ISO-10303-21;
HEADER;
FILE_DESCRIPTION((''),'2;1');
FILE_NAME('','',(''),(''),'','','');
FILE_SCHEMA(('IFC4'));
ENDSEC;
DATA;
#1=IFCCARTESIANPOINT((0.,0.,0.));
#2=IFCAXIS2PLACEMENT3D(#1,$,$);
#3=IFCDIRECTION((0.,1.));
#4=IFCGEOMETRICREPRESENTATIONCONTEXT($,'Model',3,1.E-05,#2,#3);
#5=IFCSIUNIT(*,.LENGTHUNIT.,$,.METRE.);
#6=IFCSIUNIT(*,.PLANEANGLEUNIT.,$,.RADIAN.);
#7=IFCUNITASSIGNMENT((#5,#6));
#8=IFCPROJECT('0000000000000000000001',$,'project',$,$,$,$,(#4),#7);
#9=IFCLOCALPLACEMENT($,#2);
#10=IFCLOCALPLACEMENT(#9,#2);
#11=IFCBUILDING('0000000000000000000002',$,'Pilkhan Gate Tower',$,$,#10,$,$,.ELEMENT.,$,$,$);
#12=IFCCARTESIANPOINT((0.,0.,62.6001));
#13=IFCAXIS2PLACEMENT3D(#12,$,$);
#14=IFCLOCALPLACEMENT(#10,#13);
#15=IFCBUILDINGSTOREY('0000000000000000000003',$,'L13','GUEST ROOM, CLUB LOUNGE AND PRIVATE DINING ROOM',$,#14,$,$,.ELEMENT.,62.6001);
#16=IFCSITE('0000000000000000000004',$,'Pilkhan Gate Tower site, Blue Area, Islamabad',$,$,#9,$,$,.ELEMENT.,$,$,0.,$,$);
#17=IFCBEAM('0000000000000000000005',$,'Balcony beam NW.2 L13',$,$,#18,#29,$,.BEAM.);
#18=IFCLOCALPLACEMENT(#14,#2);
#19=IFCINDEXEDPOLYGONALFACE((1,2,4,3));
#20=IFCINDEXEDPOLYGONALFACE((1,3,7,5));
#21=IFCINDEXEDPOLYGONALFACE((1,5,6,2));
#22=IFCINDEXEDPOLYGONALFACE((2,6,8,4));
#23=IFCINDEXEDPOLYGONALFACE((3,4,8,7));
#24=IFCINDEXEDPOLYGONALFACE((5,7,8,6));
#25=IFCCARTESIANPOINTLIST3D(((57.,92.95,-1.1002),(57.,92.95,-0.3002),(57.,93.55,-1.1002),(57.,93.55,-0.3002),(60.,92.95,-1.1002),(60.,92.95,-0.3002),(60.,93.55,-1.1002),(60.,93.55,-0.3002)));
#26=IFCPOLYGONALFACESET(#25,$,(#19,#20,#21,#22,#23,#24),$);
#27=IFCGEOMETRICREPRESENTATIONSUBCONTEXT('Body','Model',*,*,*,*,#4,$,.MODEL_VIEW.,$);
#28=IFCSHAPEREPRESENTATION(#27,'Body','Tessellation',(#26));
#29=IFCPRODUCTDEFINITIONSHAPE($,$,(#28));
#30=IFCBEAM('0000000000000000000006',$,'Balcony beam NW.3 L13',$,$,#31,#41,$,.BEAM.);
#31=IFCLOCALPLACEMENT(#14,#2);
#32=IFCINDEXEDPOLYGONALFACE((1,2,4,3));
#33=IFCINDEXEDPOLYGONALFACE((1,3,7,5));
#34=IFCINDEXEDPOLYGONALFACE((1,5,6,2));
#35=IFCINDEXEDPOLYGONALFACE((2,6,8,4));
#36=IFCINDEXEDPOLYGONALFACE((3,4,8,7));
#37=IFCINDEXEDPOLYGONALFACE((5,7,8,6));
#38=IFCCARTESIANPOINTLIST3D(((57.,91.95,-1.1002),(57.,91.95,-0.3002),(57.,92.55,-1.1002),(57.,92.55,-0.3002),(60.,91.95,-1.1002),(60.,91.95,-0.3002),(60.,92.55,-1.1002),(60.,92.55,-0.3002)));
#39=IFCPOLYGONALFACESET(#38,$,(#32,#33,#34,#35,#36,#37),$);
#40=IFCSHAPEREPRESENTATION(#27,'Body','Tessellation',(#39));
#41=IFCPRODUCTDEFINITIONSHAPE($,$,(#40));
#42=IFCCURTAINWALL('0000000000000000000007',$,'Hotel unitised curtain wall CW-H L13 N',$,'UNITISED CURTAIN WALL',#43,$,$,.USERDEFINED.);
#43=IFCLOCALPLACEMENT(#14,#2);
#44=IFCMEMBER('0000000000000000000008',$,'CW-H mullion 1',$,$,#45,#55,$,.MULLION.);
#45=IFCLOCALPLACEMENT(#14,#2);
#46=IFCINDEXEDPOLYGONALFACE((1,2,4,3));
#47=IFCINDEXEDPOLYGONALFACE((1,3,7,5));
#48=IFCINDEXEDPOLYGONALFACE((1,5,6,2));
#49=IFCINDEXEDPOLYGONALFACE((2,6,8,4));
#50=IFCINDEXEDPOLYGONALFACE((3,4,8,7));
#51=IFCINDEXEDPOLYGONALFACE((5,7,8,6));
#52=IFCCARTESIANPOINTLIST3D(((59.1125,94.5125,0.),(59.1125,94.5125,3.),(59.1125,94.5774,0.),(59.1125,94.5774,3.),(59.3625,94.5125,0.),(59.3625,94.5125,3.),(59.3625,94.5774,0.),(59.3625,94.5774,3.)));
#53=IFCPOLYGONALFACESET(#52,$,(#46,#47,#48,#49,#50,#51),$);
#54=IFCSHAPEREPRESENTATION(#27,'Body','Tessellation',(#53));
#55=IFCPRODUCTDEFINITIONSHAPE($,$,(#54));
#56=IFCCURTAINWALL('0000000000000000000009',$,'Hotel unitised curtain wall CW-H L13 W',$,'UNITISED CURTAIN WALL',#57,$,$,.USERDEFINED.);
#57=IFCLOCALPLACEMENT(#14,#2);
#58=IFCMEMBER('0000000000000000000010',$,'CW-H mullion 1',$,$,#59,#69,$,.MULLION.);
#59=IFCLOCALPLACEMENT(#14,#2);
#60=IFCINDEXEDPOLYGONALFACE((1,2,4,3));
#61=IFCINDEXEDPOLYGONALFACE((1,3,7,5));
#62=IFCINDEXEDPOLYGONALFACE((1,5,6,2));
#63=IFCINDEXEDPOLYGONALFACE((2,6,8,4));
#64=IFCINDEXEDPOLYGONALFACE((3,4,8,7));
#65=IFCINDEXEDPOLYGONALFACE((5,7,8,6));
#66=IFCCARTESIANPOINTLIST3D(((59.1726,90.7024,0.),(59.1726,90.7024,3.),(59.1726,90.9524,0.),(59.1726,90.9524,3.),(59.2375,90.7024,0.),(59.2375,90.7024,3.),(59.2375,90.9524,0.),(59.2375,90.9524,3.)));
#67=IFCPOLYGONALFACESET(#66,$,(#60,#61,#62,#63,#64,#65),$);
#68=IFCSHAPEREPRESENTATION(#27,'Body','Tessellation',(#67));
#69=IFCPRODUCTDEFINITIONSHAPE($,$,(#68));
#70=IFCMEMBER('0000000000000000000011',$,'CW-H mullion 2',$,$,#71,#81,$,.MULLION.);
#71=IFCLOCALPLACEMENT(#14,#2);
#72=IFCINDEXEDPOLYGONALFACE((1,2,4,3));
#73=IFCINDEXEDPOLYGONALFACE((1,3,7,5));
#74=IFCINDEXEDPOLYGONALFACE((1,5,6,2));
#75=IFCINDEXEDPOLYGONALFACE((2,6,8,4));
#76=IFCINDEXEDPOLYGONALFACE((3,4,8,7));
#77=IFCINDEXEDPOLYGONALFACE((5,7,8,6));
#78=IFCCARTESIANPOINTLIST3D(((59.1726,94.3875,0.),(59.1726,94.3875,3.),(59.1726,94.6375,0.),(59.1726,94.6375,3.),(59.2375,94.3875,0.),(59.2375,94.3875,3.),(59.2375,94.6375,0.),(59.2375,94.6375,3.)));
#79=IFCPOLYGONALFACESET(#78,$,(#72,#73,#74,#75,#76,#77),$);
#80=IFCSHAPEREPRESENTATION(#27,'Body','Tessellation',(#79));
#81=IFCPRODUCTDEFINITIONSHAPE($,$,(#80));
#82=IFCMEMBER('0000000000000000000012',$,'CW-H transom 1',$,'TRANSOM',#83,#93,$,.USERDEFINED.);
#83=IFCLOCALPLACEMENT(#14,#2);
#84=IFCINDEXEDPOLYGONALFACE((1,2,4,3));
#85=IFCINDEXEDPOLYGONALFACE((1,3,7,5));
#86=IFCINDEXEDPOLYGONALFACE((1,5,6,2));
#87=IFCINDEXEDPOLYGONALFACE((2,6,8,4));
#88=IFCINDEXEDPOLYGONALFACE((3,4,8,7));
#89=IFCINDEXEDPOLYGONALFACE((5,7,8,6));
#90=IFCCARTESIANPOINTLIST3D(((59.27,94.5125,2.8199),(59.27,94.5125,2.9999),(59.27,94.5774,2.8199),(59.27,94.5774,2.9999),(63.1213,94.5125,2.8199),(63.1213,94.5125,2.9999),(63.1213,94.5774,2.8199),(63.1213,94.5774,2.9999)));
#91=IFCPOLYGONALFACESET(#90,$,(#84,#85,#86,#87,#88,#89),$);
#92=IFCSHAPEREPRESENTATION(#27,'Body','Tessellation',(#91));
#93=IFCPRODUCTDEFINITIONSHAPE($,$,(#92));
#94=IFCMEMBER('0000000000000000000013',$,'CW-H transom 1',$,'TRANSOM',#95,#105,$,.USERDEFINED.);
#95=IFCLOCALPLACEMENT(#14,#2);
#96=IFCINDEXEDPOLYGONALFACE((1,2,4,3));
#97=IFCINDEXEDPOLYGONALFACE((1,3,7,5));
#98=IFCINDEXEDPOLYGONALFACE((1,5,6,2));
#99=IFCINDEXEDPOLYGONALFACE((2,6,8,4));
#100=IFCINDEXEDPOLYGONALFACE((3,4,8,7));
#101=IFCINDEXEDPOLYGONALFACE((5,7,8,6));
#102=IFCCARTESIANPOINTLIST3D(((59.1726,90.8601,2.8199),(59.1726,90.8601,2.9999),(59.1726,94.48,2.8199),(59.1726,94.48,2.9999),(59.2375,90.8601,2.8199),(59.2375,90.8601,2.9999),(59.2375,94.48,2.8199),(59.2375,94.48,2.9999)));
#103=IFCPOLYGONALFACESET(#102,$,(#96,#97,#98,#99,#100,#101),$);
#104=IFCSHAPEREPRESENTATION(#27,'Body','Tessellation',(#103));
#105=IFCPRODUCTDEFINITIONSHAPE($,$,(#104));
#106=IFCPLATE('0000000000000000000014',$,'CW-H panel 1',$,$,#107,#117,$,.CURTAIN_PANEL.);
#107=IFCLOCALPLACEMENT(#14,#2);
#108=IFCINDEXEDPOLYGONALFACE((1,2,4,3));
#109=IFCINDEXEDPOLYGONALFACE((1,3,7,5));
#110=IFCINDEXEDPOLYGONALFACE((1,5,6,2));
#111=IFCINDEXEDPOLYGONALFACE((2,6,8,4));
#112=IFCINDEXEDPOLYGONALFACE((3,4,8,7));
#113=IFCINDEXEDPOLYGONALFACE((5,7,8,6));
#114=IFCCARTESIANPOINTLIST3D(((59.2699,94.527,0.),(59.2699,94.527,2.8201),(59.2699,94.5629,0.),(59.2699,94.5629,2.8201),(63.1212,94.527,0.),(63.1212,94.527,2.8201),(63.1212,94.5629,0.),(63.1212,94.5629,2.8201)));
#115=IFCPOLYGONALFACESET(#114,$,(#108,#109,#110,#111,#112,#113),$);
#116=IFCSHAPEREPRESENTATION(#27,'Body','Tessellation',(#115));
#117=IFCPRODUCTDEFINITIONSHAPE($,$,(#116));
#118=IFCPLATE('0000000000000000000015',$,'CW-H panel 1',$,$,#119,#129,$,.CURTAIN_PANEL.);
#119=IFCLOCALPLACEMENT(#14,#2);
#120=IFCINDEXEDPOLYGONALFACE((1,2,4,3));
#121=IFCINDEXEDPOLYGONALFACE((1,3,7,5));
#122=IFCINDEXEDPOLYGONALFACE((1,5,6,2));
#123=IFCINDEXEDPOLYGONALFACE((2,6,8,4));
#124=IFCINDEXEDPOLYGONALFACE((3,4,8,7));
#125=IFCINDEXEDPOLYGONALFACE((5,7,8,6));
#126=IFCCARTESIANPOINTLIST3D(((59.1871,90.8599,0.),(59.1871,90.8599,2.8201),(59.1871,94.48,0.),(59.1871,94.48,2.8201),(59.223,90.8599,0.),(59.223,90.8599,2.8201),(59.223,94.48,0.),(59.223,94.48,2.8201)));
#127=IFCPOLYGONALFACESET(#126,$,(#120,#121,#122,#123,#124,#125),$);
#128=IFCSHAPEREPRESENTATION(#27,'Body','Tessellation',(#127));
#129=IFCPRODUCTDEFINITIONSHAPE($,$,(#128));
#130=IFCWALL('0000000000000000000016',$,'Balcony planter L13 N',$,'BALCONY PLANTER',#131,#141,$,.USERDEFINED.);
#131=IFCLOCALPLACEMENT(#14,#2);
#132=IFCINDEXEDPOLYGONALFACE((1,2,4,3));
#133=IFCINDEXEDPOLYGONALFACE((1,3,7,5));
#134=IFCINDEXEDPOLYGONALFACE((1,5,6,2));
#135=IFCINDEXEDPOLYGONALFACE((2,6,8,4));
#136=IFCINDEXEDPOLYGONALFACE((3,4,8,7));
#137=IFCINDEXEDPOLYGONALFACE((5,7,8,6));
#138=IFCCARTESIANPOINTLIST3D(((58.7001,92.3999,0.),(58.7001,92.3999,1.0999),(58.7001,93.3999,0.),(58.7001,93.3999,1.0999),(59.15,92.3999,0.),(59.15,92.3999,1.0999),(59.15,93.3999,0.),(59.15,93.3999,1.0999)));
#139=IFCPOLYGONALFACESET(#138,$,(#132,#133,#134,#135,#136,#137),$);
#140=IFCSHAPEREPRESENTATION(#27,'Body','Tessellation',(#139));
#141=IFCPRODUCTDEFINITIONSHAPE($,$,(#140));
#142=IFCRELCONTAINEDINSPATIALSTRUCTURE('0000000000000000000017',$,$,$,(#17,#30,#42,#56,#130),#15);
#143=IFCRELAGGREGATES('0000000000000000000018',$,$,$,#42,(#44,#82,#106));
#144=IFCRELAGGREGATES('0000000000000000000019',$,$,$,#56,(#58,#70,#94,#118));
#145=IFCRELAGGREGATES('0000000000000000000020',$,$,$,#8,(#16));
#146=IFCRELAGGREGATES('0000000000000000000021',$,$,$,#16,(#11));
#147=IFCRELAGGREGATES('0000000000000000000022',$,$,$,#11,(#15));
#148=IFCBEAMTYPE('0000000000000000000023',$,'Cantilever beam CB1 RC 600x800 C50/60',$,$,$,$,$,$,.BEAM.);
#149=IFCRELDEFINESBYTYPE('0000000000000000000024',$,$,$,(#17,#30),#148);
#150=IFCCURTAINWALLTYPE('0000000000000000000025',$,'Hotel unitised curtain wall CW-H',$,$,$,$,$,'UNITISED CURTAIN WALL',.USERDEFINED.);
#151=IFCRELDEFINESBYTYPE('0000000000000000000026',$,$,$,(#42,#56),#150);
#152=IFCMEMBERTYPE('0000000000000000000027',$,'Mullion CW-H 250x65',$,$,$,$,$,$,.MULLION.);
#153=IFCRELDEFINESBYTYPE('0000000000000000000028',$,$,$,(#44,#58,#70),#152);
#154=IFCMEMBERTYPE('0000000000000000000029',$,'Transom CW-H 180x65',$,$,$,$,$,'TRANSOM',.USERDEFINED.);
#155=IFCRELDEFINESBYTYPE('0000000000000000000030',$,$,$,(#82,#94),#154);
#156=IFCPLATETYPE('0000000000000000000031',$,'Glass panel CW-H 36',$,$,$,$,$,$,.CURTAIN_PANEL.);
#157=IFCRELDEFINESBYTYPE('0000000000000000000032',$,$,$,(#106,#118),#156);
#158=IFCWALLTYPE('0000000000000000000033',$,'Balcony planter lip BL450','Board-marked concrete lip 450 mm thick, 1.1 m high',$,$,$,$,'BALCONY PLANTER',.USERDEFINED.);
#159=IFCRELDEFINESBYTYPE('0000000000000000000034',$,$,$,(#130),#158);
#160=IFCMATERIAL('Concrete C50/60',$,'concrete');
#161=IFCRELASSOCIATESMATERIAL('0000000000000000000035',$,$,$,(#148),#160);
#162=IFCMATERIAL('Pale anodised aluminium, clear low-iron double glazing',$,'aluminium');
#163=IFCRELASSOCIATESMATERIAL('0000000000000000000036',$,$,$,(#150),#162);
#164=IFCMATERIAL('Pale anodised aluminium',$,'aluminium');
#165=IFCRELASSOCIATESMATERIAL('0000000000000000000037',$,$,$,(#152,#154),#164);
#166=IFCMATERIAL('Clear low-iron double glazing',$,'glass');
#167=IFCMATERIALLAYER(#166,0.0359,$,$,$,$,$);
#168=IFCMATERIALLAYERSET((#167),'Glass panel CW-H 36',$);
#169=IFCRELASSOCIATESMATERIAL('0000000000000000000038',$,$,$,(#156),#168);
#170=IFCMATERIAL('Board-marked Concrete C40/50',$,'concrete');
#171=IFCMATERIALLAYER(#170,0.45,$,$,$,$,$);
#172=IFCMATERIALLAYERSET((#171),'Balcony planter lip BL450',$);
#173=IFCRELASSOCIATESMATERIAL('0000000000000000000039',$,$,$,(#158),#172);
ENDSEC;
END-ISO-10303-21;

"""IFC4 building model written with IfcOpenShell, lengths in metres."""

from ifc_helpers import new_model, si_unit, direction, frame, frame_2d, origin, origin_2d, place, context, subcontext, project, spatial, rectangle, extrude, material, layer, layer_set, material_profile, profile_set, type_object, element, aggregate, save


model = new_model("IFC4")

# Units and contexts
model_context = context("Model", 3, precision=1e-05, world=origin(), true_north=direction((0.0, 1.0)))
body_context = subcontext(model_context, "Body", "Model", "MODEL_VIEW")
ifc_project = project(units=[si_unit("LENGTHUNIT", "METRE"), si_unit("PLANEANGLEUNIT", "RADIAN")], contexts=[model_context])

# Site, building, storey
site_placement = place(None, origin())
site = spatial("IfcSite", under=ifc_project, at=site_placement, Name="Pilkhan Gate Tower site, Blue Area, Islamabad", CompositionType="ELEMENT", RefElevation=0.0)
building_placement = place(site_placement, origin())
building = spatial("IfcBuilding", under=site, at=building_placement, Name="Pilkhan Gate Tower", CompositionType="ELEMENT")
storey_placement = place(building_placement, frame((0.0, 0.0, 62.6001)))
storey = spatial("IfcBuildingStorey", under=building, at=storey_placement, Name="L13", Description="GUEST ROOM, CLUB LOUNGE AND PRIVATE DINING ROOM", CompositionType="ELEMENT", Elevation=62.6001)

# Beams
ifc_material_1 = material(Name="Concrete C50/60", Category="concrete")
ifc_material_profile_1 = material_profile(ifc_material_1, rectangle(XDim=0.6001, YDim=0.8, at=origin_2d()), Name="RC 600x800")
ifc_profile_set_1 = profile_set([ifc_material_profile_1], Name="Concrete C50/60")
beam_type = type_object("IfcBeamType", Name="Cantilever beam CB1 RC 600x800 C50/60", PredefinedType="BEAM", material=ifc_profile_set_1)
for number, where, z_axis, x_axis, name in (
    (1, (60.0, 93.25, -0.7002), (-1.0, 0.0, 0.0), (0.0, -1.0, 0.0), "Balcony beam NW.2 L13"),
    (2, (60.0, 92.25, -0.7002), (-1.0, 0.0, 0.0), (0.0, -1.0, 0.0), "Balcony beam NW.3 L13"),
):
    element("IfcBeam", number, at=place(storey_placement, frame(where, z_axis=z_axis, x_axis=x_axis)), inside=storey, type_object=beam_type, Name=name, PredefinedType="BEAM", context=body_context, shape_type="SweptSolid", body=[
        extrude(rectangle(XDim=0.6001, YDim=0.8, at=origin_2d()), origin(), (0.0, 0.0, 1.0), 3.0),
    ])

# Curtain wall, member
ifc_material_2 = material(Name="Pale anodised aluminium, clear low-iron double glazing", Category="aluminium")
curtain_wall_type = type_object("IfcCurtainWallType", Name="Hotel unitised curtain wall CW-H", ElementType="UNITISED CURTAIN WALL", PredefinedType="USERDEFINED", material=ifc_material_2)
curtain_wall_1_placement = place(storey_placement, origin())
curtain_wall_1 = element("IfcCurtainWall", 3, at=curtain_wall_1_placement, inside=storey, type_object=curtain_wall_type, Name="Hotel unitised curtain wall CW-H L13 N", ObjectType="UNITISED CURTAIN WALL", PredefinedType="USERDEFINED")
ifc_material_3 = material(Name="Pale anodised aluminium", Category="aluminium")
ifc_material_profile_2 = material_profile(ifc_material_3, rectangle(XDim=0.0649, YDim=0.25, at=origin_2d()), Name="Mullion 250x65")
ifc_profile_set_2 = profile_set([ifc_material_profile_2], Name="Pale anodised aluminium")
member_type_1 = type_object("IfcMemberType", Name="Mullion CW-H 250x65", PredefinedType="MULLION", material=ifc_profile_set_2)
member_1_placement = place(storey_placement, frame((59.2375, 94.5449, 0.0), z_axis=(0.0, 0.0, 1.0), x_axis=(0.0, 1.0, 0.0)))
member_1 = element("IfcMember", 4, at=member_1_placement, type_object=member_type_1, Name="CW-H mullion 1", PredefinedType="MULLION", context=body_context, shape_type="SweptSolid", body=[
    extrude(rectangle(XDim=0.0649, YDim=0.25, at=origin_2d()), origin(), (0.0, 0.0, 1.0), 3.0),
])

# Curtain wall, members
curtain_wall_2_placement = place(storey_placement, origin())
curtain_wall_2 = element("IfcCurtainWall", 5, at=curtain_wall_2_placement, inside=storey, type_object=curtain_wall_type, Name="Hotel unitised curtain wall CW-H L13 W", ObjectType="UNITISED CURTAIN WALL", PredefinedType="USERDEFINED")
member_2_placement = place(storey_placement, frame((59.2051, 90.8274, 0.0), z_axis=(0.0, 0.0, 1.0), x_axis=(-1.0, 0.0, 0.0)))
member_2 = element("IfcMember", 6, at=member_2_placement, type_object=member_type_1, Name="CW-H mullion 1", PredefinedType="MULLION", context=body_context, shape_type="SweptSolid", body=[
    extrude(rectangle(XDim=0.0649, YDim=0.25, at=origin_2d()), origin(), (0.0, 0.0, 1.0), 3.0),
])
member_3_placement = place(storey_placement, frame((59.2051, 94.5125, 0.0), z_axis=(0.0, 0.0, 1.0), x_axis=(-1.0, 0.0, 0.0)))
member_3 = element("IfcMember", 7, at=member_3_placement, type_object=member_type_1, Name="CW-H mullion 2", PredefinedType="MULLION", context=body_context, shape_type="SweptSolid", body=[
    extrude(rectangle(XDim=0.0649, YDim=0.25, at=origin_2d()), origin(), (0.0, 0.0, 1.0), 3.0),
])

# Members
ifc_material_profile_3 = material_profile(ifc_material_3, rectangle(XDim=0.0649, YDim=0.1799, at=origin_2d()), Name="Transom 180x65")
ifc_profile_set_3 = profile_set([ifc_material_profile_3], Name="Pale anodised aluminium")
member_type_2 = type_object("IfcMemberType", Name="Transom CW-H 180x65", ElementType="TRANSOM", PredefinedType="USERDEFINED", material=ifc_profile_set_3)
member_4_placement = place(storey_placement, frame((59.27, 94.5449, 2.9099), z_axis=(1.0, 0.0, 0.0), x_axis=(0.0, 1.0, 0.0)))
member_4 = element("IfcMember", 8, at=member_4_placement, type_object=member_type_2, Name="CW-H transom 1", ObjectType="TRANSOM", PredefinedType="USERDEFINED", context=body_context, shape_type="SweptSolid", body=[
    extrude(rectangle(XDim=0.0649, YDim=0.1799, at=origin_2d()), origin(), (0.0, 0.0, 1.0), 3.8513),
])
member_5_placement = place(storey_placement, frame((59.2051, 90.8601, 2.9099), z_axis=(0.0, 1.0, 0.0), x_axis=(-1.0, 0.0, 0.0)))
member_5 = element("IfcMember", 9, at=member_5_placement, type_object=member_type_2, Name="CW-H transom 1", ObjectType="TRANSOM", PredefinedType="USERDEFINED", context=body_context, shape_type="SweptSolid", body=[
    extrude(rectangle(XDim=0.0649, YDim=0.1799, at=origin_2d()), origin(), (0.0, 0.0, 1.0), 3.6199),
])

# Plates
ifc_material_4 = material(Name="Clear low-iron double glazing", Category="glass")
ifc_layer_1 = layer(ifc_material_4, 0.0359)
ifc_layer_set_1 = layer_set([ifc_layer_1], Name="Glass panel CW-H 36")
plate_type = type_object("IfcPlateType", Name="Glass panel CW-H 36", PredefinedType="CURTAIN_PANEL", material=ifc_layer_set_1)
plate_1_placement = place(storey_placement, frame((61.1956, 94.5449, 0.0), z_axis=(0.0, 0.0, 1.0), x_axis=(1.0, 0.0, 0.0)))
plate_1 = element("IfcPlate", 10, at=plate_1_placement, type_object=plate_type, Name="CW-H panel 1", PredefinedType="CURTAIN_PANEL", context=body_context, shape_type="SweptSolid", body=[
    extrude(rectangle(XDim=3.8513, YDim=0.0359, at=origin_2d()), origin(), (0.0, 0.0, 1.0), 2.8201),
])
aggregate(curtain_wall_1, [member_1, member_4, plate_1])
plate_2_placement = place(storey_placement, frame((59.2051, 92.6699, 0.0), z_axis=(0.0, 0.0, 1.0), x_axis=(0.0, 1.0, 0.0)))
plate_2 = element("IfcPlate", 11, at=plate_2_placement, type_object=plate_type, Name="CW-H panel 1", PredefinedType="CURTAIN_PANEL", context=body_context, shape_type="SweptSolid", body=[
    extrude(rectangle(XDim=3.6201, YDim=0.0359, at=origin_2d()), origin(), (0.0, 0.0, 1.0), 2.8201),
])
aggregate(curtain_wall_2, [member_2, member_3, member_5, plate_2])

# Wall
ifc_material_5 = material(Name="Board-marked Concrete C40/50", Category="concrete")
ifc_layer_2 = layer(ifc_material_5, 0.45)
ifc_layer_set_2 = layer_set([ifc_layer_2], Name="Balcony planter lip BL450")
wall_type_1 = type_object("IfcWallType", Name="Balcony planter lip BL450", Description="Board-marked concrete lip 450 mm thick, 1.1 m high", ElementType="BALCONY PLANTER", PredefinedType="USERDEFINED", material=ifc_layer_set_2)
wall_1_placement = place(storey_placement, frame((58.925, 92.3999, 0.0), z_axis=(0.0, 0.0, 1.0), x_axis=(0.0, 1.0, 0.0)))
element("IfcWall", 12, at=wall_1_placement, inside=storey, type_object=wall_type_1, Name="Balcony planter L13 N", ObjectType="BALCONY PLANTER", PredefinedType="USERDEFINED", context=body_context, shape_type="SweptSolid", body=[
    extrude(rectangle(XDim=1.0, YDim=0.45, at=frame_2d((0.5, 0.0))), origin(), (0.0, 0.0, 1.0), 1.0999),
])

save(model, "model.ifc")
